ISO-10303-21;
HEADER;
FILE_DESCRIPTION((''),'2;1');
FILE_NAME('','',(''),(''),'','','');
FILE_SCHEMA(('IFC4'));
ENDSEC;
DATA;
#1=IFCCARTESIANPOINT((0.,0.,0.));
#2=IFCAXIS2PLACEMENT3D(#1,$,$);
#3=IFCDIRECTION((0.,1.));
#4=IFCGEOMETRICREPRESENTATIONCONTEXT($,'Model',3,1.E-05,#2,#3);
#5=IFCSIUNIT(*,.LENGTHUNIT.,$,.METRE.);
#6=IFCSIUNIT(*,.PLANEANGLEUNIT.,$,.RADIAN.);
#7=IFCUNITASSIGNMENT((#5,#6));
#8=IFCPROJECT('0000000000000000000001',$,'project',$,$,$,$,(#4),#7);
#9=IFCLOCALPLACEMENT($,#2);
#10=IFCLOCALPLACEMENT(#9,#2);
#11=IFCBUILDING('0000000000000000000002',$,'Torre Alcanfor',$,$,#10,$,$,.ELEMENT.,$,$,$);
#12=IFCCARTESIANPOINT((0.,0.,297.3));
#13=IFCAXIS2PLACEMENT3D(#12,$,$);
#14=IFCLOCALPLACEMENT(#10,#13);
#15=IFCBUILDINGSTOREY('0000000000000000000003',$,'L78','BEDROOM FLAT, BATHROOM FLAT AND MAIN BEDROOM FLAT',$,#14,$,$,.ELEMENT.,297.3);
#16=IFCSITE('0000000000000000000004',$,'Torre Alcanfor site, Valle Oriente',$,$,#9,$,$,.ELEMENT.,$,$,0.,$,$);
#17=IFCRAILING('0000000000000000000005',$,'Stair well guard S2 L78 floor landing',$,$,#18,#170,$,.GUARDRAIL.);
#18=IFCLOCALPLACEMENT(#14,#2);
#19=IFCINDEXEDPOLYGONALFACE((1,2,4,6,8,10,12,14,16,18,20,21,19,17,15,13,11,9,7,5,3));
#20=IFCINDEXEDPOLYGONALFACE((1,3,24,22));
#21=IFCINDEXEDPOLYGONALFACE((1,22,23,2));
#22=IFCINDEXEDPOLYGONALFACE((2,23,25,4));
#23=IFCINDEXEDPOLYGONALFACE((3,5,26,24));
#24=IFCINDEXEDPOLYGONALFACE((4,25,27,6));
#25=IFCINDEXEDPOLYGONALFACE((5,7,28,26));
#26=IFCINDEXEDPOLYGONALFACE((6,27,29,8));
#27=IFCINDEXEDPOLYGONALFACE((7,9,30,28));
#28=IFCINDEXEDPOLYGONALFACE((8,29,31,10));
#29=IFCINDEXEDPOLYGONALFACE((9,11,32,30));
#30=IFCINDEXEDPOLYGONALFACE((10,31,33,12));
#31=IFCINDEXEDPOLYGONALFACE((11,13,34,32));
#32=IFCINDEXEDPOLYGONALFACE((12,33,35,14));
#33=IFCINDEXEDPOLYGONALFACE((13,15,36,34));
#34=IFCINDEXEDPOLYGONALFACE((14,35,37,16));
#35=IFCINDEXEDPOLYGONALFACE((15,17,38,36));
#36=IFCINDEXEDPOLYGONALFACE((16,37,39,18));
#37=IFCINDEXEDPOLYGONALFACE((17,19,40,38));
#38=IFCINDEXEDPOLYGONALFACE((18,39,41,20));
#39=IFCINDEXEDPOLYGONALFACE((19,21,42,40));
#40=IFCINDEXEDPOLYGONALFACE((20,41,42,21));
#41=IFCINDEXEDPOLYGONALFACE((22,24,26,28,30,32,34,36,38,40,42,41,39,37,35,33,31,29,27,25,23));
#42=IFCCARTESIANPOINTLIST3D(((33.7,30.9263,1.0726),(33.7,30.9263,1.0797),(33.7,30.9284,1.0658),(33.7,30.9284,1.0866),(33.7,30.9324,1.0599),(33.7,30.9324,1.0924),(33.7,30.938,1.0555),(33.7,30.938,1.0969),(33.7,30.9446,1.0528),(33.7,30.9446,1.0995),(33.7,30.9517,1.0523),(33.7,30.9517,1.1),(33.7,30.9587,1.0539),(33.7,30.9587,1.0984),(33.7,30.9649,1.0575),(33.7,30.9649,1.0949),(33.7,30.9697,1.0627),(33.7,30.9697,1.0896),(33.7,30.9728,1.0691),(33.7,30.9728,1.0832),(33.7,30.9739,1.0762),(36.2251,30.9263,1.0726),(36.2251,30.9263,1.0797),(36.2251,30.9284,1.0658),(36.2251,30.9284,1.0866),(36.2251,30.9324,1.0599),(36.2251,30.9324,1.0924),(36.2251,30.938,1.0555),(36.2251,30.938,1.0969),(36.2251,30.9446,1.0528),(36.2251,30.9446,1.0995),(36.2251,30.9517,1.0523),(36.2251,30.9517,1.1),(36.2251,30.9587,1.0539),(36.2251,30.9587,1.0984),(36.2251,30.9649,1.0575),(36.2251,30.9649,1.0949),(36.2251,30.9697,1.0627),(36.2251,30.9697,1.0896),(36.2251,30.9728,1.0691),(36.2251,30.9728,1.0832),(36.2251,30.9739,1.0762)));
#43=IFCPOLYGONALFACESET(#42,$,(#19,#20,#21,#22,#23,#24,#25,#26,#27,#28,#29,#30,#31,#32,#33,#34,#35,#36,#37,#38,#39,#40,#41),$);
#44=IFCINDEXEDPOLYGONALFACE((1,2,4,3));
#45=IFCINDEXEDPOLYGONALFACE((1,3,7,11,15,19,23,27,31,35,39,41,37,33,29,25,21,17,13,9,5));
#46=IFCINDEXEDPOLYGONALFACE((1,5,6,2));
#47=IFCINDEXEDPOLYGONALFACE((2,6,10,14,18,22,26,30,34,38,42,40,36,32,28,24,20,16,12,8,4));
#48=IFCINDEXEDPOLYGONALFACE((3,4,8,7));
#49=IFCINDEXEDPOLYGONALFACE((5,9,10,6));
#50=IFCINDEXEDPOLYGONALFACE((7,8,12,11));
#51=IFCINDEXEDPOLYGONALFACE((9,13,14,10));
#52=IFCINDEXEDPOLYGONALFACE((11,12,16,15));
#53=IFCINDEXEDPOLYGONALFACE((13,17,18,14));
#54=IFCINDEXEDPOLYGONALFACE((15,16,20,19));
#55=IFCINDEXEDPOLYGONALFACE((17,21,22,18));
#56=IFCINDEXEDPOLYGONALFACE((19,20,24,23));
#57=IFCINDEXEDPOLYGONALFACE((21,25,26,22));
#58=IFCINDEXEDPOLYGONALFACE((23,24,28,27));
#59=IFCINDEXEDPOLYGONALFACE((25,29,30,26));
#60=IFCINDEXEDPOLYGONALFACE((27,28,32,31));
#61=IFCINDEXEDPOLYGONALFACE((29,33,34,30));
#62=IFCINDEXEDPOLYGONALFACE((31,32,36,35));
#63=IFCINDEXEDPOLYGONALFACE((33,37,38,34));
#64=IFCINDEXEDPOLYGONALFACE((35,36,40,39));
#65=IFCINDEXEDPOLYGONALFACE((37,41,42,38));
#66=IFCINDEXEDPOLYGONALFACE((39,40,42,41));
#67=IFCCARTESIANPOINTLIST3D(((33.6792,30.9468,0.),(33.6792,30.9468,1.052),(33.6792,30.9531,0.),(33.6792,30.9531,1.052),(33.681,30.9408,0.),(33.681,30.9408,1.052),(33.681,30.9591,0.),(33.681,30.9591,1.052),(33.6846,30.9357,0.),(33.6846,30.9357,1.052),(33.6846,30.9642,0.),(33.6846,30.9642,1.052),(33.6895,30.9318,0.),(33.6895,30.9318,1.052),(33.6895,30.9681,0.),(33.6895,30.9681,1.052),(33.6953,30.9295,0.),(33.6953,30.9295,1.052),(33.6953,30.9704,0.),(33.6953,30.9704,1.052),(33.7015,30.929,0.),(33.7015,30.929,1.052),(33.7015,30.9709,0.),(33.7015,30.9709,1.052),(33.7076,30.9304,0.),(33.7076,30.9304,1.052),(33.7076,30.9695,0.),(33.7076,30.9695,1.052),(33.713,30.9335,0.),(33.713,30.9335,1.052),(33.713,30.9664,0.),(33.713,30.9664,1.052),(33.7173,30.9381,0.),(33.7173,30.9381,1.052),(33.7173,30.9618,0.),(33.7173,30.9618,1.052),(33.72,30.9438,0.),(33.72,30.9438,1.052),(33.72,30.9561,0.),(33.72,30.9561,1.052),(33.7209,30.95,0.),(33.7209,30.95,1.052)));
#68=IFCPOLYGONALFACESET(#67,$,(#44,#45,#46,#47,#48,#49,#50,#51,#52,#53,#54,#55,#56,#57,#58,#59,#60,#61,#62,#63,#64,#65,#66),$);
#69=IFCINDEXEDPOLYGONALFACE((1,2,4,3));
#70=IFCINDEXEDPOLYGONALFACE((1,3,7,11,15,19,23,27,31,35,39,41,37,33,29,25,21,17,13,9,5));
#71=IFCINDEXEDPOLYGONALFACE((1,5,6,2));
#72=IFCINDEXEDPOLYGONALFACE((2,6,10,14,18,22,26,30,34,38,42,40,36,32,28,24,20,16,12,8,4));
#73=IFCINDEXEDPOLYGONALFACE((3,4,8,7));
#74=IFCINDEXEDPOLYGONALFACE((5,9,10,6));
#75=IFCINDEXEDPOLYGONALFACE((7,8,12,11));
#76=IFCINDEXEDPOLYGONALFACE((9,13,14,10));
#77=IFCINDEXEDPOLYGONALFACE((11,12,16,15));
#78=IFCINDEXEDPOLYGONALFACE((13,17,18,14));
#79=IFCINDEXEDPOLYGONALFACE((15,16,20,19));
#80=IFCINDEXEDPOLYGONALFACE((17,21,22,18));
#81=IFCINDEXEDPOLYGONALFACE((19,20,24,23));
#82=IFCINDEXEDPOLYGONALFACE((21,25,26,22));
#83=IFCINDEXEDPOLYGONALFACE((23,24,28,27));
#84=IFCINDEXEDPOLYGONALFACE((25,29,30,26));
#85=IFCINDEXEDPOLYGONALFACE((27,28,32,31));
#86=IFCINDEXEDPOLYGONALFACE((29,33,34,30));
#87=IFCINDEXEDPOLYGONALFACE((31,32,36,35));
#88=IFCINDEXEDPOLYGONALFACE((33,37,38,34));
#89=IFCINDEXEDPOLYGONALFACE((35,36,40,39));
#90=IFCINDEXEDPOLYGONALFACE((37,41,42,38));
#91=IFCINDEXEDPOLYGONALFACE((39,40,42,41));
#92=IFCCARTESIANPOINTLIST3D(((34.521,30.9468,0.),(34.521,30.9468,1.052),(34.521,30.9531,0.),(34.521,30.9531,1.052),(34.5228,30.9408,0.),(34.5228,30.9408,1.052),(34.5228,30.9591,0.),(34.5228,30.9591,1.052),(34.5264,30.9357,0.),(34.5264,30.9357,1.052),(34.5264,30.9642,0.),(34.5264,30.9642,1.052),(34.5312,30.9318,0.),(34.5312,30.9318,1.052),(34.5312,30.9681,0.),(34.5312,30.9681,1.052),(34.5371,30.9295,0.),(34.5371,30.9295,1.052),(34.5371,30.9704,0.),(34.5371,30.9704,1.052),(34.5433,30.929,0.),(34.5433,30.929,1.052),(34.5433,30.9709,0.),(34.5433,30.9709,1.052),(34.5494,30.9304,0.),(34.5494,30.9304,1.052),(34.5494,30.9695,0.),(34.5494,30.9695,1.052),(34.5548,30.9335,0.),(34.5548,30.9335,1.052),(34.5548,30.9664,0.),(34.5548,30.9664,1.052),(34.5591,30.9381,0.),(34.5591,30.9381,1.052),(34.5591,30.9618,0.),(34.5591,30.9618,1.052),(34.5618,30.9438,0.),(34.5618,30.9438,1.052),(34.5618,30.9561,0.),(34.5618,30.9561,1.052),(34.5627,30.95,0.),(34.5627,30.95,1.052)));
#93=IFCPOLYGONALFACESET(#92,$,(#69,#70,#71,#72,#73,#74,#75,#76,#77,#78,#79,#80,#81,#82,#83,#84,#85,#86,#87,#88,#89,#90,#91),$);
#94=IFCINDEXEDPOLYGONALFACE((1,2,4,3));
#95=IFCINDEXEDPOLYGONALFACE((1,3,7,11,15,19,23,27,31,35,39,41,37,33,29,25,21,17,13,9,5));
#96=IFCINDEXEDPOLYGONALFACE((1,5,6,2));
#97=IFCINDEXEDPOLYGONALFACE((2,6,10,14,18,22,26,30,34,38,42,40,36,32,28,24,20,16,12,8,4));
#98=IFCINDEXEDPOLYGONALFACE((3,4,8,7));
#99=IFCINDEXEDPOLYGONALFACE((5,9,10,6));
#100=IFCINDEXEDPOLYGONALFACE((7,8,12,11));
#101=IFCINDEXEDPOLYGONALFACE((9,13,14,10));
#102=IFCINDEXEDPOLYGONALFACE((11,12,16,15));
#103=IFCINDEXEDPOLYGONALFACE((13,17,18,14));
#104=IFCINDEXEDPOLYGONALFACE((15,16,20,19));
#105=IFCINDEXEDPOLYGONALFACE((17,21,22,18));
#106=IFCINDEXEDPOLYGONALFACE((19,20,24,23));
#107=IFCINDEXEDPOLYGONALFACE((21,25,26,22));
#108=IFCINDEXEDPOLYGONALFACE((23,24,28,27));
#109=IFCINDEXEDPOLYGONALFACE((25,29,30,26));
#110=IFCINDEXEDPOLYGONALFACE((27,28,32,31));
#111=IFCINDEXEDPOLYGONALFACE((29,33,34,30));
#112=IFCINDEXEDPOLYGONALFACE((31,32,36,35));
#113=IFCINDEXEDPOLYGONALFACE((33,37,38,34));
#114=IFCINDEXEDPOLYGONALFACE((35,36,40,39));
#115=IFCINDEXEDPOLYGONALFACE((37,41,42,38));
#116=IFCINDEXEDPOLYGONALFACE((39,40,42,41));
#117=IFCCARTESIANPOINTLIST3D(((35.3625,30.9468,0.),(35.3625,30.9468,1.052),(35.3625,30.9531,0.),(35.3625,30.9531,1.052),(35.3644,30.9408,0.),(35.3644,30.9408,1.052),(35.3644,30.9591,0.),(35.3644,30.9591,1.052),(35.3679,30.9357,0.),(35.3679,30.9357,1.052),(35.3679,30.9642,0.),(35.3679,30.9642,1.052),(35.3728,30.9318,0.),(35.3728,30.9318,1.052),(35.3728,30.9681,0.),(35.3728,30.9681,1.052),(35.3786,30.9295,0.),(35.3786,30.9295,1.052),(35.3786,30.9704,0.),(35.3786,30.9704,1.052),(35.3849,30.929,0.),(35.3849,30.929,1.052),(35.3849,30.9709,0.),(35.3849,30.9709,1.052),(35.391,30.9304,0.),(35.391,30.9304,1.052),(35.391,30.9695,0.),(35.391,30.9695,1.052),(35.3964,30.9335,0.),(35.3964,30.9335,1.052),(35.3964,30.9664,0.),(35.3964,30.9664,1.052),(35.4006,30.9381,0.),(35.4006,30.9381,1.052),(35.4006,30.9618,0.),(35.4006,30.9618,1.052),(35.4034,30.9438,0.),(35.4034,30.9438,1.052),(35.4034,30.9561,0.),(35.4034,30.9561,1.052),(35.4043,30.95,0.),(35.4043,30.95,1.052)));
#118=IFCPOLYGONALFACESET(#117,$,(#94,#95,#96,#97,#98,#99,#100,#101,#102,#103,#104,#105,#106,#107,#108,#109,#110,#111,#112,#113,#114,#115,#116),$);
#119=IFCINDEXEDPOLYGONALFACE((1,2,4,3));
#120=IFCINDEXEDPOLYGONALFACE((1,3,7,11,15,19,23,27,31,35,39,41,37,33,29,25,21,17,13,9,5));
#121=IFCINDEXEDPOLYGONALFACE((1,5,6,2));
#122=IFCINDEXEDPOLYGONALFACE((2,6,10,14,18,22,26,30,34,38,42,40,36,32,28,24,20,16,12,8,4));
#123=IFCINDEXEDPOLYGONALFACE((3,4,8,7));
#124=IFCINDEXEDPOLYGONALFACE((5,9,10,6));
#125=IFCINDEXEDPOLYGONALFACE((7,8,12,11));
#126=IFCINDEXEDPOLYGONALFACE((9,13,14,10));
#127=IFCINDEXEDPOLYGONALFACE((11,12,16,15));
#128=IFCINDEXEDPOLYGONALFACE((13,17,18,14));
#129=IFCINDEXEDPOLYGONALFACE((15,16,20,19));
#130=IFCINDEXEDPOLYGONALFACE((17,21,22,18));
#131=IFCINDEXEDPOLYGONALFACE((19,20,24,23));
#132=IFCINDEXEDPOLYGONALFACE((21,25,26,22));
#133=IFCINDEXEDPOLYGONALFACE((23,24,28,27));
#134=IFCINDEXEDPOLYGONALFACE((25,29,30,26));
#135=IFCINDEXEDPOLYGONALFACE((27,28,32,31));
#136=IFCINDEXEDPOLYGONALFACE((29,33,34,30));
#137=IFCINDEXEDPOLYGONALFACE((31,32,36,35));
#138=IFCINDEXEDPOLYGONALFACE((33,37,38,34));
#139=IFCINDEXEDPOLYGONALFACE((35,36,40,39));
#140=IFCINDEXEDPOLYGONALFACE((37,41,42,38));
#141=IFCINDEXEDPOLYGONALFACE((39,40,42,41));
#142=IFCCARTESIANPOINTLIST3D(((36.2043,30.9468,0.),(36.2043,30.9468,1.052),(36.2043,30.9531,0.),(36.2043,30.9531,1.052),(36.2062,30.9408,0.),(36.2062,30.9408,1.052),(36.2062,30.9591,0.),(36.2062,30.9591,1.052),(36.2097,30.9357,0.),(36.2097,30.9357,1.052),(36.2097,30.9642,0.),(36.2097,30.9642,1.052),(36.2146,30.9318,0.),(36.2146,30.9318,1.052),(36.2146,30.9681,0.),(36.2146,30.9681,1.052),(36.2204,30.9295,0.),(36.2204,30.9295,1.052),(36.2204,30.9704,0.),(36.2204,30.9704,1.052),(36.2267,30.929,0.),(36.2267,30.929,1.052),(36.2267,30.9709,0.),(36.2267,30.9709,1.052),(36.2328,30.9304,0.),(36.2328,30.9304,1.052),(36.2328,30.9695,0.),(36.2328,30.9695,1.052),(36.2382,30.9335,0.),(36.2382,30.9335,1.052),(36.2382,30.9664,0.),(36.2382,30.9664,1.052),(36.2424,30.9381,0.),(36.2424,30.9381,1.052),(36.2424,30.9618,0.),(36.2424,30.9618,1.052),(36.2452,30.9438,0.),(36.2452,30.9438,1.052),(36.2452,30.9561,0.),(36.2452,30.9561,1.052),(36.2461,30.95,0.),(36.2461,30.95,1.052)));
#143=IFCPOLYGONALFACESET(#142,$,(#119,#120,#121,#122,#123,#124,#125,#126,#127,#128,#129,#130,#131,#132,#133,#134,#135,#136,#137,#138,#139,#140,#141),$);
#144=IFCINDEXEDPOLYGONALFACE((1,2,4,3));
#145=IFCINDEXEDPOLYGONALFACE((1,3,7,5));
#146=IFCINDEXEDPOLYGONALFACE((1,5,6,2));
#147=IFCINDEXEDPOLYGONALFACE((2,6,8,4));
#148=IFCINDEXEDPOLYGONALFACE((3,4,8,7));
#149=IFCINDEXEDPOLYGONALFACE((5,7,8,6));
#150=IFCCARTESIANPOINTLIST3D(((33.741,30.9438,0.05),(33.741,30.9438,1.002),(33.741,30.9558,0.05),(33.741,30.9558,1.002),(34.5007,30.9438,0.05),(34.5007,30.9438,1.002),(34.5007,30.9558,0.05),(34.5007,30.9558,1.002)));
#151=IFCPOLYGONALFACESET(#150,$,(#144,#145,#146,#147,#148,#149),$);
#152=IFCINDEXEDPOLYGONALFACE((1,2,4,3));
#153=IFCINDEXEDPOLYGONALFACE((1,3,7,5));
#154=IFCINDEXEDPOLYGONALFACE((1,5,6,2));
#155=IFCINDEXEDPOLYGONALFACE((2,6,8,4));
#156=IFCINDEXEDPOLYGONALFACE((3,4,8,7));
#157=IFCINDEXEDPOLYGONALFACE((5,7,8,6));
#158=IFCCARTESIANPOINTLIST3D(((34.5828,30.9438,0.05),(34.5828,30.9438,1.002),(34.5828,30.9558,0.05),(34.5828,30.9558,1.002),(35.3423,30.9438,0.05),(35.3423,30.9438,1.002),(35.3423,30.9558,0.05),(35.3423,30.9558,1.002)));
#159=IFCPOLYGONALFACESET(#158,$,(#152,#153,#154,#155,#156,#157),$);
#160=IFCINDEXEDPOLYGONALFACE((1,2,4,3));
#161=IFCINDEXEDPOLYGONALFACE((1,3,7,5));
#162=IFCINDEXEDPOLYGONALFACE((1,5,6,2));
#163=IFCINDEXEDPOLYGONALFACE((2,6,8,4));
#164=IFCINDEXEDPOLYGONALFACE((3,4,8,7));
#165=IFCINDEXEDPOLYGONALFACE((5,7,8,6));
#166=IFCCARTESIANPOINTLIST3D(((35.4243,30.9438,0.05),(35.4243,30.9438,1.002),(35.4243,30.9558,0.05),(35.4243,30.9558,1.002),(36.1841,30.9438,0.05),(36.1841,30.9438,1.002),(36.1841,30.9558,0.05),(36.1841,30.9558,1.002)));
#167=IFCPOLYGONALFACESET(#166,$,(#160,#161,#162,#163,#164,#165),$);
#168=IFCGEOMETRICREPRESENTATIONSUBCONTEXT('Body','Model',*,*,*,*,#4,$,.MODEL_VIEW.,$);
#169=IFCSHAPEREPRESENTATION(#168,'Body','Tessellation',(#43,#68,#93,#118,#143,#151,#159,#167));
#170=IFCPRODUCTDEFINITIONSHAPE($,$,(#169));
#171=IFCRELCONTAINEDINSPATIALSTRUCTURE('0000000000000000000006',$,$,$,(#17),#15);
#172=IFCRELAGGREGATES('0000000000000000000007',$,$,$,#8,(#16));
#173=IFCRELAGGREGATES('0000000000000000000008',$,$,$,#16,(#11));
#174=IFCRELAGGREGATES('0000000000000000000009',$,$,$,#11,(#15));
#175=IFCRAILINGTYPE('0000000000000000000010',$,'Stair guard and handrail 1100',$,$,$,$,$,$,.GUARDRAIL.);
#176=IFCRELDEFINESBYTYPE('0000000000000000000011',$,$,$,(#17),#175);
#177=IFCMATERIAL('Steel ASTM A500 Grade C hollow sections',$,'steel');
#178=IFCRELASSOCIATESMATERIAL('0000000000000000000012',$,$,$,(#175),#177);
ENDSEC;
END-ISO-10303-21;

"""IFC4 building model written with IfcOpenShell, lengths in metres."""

from ifc_helpers import new_model, si_unit, direction, frame, origin, origin_2d, place, context, subcontext, project, spatial, polyline, circle, outline, extrude, material, type_object, element, save


model = new_model("IFC4")

# Units and contexts
model_context = context("Model", 3, precision=1e-05, world=origin(), true_north=direction((0.0, 1.0)))
body_context = subcontext(model_context, "Body", "Model", "MODEL_VIEW")
ifc_project = project(units=[si_unit("LENGTHUNIT", "METRE"), si_unit("PLANEANGLEUNIT", "RADIAN")], contexts=[model_context])

# Site, building, storey
site_placement = place(None, origin())
site = spatial("IfcSite", under=ifc_project, at=site_placement, Name="Torre Alcanfor site, Valle Oriente", CompositionType="ELEMENT", RefElevation=0.0)
building_placement = place(site_placement, origin())
building = spatial("IfcBuilding", under=site, at=building_placement, Name="Torre Alcanfor", CompositionType="ELEMENT")
storey_placement = place(building_placement, frame((0.0, 0.0, 297.3)))
storey = spatial("IfcBuildingStorey", under=building, at=storey_placement, Name="L78", Description="BEDROOM FLAT, BATHROOM FLAT AND MAIN BEDROOM FLAT", CompositionType="ELEMENT", Elevation=297.3)

# Railing
ifc_material_1 = material(Name="Steel ASTM A500 Grade C hollow sections", Category="steel")
railing_type_1 = type_object("IfcRailingType", Name="Stair guard and handrail 1100", PredefinedType="GUARDRAIL", material=ifc_material_1)
for number, where, name in (
    (1, (33.7, 30.95, 0.0), "Stair well guard S2 L78 floor landing"),
):
    element("IfcRailing", number, at=place(storey_placement, frame(where)), inside=storey, type_object=railing_type_1, Name=name, PredefinedType="GUARDRAIL", context=body_context, shape_type="SweptSolid", body=[
        extrude(circle(Radius=0.0239, at=origin_2d()), frame((0.0, 0.0, 1.0762), z_axis=(1.0, 0.0, 0.0), x_axis=(0.0, 1.0, 0.0)), (0.0, 0.0, 1.0), 2.5251),
        extrude(circle(Radius=0.021, at=origin_2d()), origin(), (0.0, 0.0, 1.0), 1.052),
        extrude(circle(Radius=0.021, at=origin_2d()), frame((0.8418, 0.0, 0.0)), (0.0, 0.0, 1.0), 1.052),
        extrude(circle(Radius=0.021, at=origin_2d()), frame((1.6833, 0.0, 0.0)), (0.0, 0.0, 1.0), 1.052),
        extrude(circle(Radius=0.021, at=origin_2d()), frame((2.5251, 0.0, 0.0)), (0.0, 0.0, 1.0), 1.052),
        extrude(outline(polyline([(0.041, 0.05), (0.8008, 0.05), (0.8008, 1.002), (0.041, 1.002), (0.041, 0.05)])), frame((0.0, 0.0059, 0.0), z_axis=(0.0, -1.0, 0.0), x_axis=(1.0, 0.0, 0.0)), (0.0, 0.0, 1.0), 0.012),
        extrude(outline(polyline([(0.8828, 0.05), (1.6423, 0.05), (1.6423, 1.002), (0.8828, 1.002), (0.8828, 0.05)])), frame((0.0, 0.0059, 0.0), z_axis=(0.0, -1.0, 0.0), x_axis=(1.0, 0.0, 0.0)), (0.0, 0.0, 1.0), 0.012),
        extrude(outline(polyline([(1.7244, 0.05), (2.4841, 0.05), (2.4841, 1.002), (1.7244, 1.002), (1.7244, 0.05)])), frame((0.0, 0.0059, 0.0), z_axis=(0.0, -1.0, 0.0), x_axis=(1.0, 0.0, 0.0)), (0.0, 0.0, 1.0), 0.012),
    ])

save(model, "model.ifc")
